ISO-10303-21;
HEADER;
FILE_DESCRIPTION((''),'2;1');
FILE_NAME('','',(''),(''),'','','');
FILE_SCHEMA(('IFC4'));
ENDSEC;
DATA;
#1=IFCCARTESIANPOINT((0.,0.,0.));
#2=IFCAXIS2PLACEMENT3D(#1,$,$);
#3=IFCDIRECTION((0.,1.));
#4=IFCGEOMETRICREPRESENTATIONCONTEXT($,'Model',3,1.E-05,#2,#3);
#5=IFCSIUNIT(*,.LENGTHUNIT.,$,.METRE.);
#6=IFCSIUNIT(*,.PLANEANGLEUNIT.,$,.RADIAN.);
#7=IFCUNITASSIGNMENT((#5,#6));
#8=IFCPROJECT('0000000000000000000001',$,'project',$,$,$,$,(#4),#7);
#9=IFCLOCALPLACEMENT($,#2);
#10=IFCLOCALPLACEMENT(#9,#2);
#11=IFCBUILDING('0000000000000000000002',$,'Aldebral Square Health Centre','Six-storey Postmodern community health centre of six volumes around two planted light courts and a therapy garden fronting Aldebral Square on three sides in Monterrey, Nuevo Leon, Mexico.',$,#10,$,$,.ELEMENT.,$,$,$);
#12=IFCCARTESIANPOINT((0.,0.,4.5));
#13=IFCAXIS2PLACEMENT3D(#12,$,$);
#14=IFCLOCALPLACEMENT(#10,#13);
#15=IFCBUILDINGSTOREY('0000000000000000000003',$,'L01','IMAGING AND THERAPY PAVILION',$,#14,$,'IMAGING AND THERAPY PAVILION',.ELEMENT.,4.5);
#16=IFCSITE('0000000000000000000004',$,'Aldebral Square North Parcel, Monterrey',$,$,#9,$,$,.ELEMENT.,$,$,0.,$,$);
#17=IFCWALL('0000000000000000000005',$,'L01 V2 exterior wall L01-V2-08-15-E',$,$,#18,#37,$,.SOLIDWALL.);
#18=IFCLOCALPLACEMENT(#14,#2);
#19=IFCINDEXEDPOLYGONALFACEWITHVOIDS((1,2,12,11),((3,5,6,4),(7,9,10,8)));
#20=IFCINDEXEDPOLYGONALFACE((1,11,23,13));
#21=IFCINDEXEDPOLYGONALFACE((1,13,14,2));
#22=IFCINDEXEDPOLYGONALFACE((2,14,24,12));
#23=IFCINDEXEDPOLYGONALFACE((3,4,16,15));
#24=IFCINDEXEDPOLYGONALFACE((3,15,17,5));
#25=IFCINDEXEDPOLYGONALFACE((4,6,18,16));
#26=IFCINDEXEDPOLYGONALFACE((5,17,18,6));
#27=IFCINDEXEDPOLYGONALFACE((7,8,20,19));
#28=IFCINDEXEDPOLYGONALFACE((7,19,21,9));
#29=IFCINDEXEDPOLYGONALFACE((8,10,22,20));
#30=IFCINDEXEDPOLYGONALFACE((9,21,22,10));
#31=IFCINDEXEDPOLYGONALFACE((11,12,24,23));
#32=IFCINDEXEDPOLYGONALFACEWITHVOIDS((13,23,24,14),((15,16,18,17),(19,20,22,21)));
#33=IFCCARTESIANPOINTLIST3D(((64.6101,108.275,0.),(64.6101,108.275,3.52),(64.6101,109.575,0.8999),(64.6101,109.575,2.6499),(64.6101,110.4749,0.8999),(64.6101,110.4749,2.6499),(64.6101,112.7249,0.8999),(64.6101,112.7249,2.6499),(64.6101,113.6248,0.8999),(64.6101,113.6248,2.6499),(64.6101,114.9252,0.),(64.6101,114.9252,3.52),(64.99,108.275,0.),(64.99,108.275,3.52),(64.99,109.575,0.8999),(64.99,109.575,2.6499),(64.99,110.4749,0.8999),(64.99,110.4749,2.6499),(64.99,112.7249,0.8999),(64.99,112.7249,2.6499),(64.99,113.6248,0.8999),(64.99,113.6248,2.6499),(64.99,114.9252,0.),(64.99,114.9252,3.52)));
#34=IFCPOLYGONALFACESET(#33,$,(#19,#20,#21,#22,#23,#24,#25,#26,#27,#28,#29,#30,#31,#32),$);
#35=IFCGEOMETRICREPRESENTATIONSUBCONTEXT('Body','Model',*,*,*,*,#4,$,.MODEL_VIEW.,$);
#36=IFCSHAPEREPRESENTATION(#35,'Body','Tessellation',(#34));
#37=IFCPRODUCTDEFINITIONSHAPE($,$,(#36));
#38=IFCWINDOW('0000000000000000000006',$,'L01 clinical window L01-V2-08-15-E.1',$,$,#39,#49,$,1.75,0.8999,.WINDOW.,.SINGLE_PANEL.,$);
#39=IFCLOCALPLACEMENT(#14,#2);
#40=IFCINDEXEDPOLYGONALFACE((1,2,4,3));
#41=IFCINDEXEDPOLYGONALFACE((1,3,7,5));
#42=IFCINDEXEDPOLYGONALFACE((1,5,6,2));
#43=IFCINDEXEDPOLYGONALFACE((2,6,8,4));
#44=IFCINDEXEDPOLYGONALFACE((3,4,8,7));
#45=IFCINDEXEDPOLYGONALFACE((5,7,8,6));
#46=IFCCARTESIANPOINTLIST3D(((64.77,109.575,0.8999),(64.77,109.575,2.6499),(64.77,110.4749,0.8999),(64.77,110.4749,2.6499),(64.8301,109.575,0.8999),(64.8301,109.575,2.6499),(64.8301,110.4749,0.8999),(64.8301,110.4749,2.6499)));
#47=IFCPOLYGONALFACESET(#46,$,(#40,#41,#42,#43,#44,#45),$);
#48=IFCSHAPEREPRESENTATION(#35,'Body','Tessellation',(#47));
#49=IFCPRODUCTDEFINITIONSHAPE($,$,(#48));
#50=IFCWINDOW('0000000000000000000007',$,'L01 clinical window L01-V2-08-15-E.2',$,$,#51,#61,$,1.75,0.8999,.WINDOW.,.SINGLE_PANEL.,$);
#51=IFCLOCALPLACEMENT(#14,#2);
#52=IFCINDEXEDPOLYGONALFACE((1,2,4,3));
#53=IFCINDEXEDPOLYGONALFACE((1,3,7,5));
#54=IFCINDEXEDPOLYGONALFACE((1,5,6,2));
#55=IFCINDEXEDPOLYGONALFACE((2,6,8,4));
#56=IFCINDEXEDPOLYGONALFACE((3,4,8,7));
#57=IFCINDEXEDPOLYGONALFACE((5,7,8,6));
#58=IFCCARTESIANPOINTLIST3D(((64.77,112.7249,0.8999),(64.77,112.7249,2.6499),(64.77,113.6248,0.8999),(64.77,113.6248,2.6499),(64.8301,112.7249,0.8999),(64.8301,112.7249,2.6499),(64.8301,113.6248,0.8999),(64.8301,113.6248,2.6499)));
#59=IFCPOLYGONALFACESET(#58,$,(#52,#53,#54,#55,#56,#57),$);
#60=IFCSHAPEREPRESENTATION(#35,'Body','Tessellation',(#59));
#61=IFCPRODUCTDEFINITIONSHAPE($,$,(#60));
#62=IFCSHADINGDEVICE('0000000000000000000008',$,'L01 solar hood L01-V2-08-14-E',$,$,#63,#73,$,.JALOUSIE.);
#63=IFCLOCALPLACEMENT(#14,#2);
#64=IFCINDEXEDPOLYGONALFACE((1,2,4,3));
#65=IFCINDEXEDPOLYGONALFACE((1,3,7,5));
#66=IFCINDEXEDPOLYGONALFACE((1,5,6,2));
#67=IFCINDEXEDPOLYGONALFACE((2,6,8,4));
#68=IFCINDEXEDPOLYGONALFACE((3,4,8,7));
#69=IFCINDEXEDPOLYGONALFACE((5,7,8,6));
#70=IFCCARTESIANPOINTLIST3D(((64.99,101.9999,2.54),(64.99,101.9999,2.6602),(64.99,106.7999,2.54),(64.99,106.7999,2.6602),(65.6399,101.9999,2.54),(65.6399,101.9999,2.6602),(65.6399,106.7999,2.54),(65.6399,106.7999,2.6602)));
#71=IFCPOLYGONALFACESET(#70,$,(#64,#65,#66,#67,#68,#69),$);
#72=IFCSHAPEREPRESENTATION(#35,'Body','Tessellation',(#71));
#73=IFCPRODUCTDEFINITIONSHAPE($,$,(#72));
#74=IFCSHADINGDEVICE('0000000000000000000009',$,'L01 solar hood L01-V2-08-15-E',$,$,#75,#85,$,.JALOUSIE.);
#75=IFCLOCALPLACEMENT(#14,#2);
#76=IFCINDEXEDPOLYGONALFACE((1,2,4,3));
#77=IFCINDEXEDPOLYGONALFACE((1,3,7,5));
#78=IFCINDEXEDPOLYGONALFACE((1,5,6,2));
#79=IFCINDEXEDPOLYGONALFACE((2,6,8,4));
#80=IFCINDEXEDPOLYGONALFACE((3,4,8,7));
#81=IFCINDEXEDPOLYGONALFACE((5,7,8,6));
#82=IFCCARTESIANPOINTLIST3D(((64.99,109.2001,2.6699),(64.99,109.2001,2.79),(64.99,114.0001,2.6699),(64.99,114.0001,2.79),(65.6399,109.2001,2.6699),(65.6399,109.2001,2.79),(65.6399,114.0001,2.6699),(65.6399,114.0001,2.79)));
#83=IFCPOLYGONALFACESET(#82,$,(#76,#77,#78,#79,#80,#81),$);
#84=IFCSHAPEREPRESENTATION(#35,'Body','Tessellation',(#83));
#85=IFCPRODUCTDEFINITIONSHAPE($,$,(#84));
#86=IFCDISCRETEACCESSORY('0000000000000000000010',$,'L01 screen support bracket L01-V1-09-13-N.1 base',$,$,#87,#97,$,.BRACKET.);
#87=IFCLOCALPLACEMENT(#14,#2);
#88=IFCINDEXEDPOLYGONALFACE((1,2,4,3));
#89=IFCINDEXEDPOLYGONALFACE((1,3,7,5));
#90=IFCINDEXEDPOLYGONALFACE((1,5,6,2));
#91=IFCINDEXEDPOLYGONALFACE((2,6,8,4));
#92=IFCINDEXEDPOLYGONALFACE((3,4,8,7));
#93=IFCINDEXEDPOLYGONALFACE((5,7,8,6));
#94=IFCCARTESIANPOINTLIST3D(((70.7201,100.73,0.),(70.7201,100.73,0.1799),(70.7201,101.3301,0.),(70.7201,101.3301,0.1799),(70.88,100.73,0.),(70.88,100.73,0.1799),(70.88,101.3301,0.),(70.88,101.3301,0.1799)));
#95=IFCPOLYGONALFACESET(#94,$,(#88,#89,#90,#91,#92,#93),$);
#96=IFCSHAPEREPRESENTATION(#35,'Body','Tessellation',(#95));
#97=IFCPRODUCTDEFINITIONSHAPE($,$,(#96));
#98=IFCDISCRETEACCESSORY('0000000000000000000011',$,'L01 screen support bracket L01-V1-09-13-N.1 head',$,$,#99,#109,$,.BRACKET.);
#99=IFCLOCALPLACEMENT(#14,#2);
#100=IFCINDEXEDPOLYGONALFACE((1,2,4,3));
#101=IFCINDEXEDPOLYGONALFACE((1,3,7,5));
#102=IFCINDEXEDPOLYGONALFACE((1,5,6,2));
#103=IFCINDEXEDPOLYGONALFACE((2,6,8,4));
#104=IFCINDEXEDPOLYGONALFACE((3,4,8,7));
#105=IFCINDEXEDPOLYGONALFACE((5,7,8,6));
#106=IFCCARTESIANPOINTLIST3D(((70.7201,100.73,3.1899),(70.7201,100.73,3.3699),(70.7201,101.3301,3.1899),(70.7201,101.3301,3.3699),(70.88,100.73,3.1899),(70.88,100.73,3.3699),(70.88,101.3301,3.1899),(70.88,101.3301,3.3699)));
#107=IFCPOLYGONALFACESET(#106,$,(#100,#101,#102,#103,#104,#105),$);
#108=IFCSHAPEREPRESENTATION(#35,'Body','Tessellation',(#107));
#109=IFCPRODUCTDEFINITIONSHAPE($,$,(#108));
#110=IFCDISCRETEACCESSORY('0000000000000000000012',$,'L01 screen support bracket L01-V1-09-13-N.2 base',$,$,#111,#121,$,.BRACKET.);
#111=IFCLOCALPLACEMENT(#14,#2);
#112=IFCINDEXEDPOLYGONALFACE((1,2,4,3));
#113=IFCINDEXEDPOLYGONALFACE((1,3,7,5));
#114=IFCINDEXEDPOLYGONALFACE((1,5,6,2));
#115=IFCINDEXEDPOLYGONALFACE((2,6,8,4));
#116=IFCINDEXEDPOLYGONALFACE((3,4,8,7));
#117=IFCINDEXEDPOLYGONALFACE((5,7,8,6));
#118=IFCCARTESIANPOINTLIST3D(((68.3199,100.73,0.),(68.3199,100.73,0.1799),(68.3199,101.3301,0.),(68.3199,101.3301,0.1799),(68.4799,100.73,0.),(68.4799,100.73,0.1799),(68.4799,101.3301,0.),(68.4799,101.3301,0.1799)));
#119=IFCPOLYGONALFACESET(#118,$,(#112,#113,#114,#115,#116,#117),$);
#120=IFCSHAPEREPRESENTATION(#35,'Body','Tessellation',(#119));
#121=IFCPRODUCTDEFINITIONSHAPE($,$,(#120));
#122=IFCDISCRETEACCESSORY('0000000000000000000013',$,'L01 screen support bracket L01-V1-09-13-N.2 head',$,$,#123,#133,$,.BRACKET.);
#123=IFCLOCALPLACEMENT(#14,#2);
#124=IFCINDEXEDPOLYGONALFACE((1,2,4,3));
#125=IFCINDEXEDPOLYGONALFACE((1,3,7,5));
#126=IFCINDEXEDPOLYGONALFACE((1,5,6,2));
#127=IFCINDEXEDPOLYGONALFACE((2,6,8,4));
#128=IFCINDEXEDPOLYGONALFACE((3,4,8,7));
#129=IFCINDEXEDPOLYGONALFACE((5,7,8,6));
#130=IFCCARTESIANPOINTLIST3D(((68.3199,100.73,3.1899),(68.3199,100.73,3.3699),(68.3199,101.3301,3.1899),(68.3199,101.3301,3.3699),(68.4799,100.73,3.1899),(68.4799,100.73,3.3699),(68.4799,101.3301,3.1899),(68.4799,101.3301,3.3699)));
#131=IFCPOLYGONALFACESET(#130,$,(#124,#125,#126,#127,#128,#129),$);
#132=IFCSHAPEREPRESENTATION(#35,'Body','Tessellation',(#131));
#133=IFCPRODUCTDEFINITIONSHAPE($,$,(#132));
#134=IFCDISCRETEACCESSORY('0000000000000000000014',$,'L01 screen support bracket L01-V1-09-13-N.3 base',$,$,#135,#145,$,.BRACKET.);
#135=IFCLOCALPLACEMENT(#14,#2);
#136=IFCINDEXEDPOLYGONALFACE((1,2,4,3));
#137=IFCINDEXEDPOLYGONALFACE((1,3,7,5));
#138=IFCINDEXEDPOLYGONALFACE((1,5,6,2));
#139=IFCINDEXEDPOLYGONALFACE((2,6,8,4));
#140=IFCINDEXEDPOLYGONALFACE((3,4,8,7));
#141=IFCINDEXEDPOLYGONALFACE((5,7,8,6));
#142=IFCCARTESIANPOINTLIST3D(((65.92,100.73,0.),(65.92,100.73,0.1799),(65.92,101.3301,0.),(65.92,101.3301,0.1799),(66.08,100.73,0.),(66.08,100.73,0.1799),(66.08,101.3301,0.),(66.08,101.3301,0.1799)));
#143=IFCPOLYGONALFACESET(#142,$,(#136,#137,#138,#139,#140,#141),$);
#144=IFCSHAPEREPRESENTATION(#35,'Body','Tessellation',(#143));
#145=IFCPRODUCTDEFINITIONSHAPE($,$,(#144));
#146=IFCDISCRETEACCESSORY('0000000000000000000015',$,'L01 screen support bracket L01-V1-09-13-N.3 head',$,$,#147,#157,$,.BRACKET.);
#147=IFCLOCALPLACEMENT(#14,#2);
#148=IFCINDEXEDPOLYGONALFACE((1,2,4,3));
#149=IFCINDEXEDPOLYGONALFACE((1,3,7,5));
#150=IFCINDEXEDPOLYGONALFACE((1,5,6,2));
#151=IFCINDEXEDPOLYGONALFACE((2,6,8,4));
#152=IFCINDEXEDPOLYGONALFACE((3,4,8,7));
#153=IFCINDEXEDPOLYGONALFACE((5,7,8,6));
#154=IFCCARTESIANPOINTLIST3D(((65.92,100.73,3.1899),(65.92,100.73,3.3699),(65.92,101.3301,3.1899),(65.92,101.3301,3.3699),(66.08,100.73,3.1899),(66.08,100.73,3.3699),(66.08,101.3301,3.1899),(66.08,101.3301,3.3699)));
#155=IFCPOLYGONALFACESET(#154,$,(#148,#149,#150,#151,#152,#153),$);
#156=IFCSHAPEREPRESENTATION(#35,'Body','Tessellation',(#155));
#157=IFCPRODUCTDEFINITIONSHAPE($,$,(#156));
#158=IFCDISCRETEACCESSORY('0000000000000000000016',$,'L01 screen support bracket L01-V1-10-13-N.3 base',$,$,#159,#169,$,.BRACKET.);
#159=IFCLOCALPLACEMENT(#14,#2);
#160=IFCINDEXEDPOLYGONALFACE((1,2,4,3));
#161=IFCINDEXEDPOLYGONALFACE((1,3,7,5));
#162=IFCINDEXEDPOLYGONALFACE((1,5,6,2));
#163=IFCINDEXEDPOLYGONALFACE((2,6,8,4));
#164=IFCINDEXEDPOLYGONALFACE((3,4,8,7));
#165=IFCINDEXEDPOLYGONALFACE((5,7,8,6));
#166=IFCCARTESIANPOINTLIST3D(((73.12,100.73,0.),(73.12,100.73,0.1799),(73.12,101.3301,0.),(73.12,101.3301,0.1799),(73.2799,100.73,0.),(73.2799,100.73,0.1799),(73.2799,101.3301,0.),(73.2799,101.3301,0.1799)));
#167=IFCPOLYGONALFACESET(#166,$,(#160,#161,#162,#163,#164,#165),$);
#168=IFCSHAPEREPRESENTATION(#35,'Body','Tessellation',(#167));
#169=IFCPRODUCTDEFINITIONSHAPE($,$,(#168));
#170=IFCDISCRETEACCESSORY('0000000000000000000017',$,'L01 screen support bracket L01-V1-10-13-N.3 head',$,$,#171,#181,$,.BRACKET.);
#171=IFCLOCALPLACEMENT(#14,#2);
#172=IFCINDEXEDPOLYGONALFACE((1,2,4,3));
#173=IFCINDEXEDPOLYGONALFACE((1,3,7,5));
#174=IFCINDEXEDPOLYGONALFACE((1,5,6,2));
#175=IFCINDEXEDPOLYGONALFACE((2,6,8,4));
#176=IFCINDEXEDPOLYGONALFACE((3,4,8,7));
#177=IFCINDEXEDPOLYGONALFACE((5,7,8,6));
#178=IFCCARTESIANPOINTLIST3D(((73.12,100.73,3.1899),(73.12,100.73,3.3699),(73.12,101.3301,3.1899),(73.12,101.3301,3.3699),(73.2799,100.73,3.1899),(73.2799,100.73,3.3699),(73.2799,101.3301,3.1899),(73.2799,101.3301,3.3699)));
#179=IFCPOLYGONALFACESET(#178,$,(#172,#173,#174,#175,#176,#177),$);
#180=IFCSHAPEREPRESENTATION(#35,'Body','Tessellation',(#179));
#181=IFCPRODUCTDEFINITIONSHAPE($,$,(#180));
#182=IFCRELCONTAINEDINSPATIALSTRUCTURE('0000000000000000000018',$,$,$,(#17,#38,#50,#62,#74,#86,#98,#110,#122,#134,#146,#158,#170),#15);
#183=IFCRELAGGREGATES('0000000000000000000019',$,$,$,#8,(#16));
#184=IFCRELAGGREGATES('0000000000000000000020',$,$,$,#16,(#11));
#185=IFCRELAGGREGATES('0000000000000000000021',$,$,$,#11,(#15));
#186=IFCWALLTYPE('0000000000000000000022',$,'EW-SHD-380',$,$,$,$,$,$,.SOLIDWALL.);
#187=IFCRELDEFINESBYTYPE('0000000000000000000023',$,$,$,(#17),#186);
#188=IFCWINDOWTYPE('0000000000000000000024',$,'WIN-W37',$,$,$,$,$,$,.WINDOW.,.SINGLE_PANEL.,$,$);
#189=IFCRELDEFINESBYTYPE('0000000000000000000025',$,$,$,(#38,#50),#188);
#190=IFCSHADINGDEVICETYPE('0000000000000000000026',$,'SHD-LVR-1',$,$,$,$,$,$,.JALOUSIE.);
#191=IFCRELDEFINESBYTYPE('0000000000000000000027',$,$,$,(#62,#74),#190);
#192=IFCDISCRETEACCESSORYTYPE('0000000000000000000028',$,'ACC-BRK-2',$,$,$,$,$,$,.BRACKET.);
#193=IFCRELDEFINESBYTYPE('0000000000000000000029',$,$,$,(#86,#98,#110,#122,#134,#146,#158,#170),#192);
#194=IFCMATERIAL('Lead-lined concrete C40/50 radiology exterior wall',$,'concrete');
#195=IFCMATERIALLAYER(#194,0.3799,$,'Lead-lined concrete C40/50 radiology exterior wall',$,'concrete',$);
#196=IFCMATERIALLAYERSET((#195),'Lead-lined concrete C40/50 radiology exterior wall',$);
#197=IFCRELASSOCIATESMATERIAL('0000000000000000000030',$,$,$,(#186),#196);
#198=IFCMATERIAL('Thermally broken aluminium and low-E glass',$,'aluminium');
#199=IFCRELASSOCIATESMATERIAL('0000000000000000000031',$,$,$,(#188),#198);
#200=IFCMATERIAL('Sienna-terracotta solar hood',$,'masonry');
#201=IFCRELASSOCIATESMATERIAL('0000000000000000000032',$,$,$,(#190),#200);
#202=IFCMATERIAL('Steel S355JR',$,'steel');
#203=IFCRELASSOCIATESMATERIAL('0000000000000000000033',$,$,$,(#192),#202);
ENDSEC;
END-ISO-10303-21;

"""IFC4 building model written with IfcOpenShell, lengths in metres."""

from ifc_helpers import new_model, si_unit, direction, frame, frame_2d, origin, origin_2d, place, context, subcontext, project, spatial, rectangle, extrude, material, layer, layer_set, type_object, element, fill, save


model = new_model("IFC4")

# Units and contexts
model_context = context("Model", 3, precision=1e-05, world=origin(), true_north=direction((0.0, 1.0)))
body_context = subcontext(model_context, "Body", "Model", "MODEL_VIEW")
ifc_project = project(units=[si_unit("LENGTHUNIT", "METRE"), si_unit("PLANEANGLEUNIT", "RADIAN")], contexts=[model_context])

# Site, building, storey
site_placement = place(None, origin())
site = spatial("IfcSite", under=ifc_project, at=site_placement, Name="Aldebral Square North Parcel, Monterrey", CompositionType="ELEMENT", RefElevation=0.0)
building_placement = place(site_placement, origin())
building = spatial("IfcBuilding", under=site, at=building_placement, Name="Aldebral Square Health Centre", Description="Six-storey Postmodern community health centre of six volumes around two planted light courts and a therapy garden fronting Aldebral Square on three sides in Monterrey, Nuevo Leon, Mexico.", CompositionType="ELEMENT")
storey_placement = place(building_placement, frame((0.0, 0.0, 4.5)))
storey = spatial("IfcBuildingStorey", under=building, at=storey_placement, Name="L01", Description="IMAGING AND THERAPY PAVILION", LongName="IMAGING AND THERAPY PAVILION", CompositionType="ELEMENT", Elevation=4.5)

# Shared definitions
ifc_material_1 = material(Name="Steel S355JR", Category="steel")

# Shared definitions
ifc_material_2 = material(Name="Lead-lined concrete C40/50 radiology exterior wall", Category="concrete")
ifc_layer_1 = layer(ifc_material_2, 0.3799, Name="Lead-lined concrete C40/50 radiology exterior wall", Category="concrete")
ifc_layer_set_1 = layer_set([ifc_layer_1], Name="Lead-lined concrete C40/50 radiology exterior wall")
wall_type = type_object("IfcWallType", Name="EW-SHD-380", PredefinedType="SOLIDWALL", material=ifc_layer_set_1)
ifc_material_3 = material(Name="Thermally broken aluminium and low-E glass", Category="aluminium")

# Wall, openings, windows
wall_1_placement = place(storey_placement, frame((64.8, 108.2749, 0.0), z_axis=(0.0, 0.0, 1.0), x_axis=(0.0, 1.0, 0.0)))
wall_1 = element("IfcWall", 1, at=wall_1_placement, inside=storey, type_object=wall_type, Name="L01 V2 exterior wall L01-V2-08-15-E", PredefinedType="SOLIDWALL", context=body_context, shape_type="SweptSolid", body=[
    extrude(rectangle(XDim=6.6501, YDim=0.3799, at=frame_2d((3.3252, 0.0))), origin(), (0.0, 0.0, 1.0), 3.52),
])
opening_1_placement = place(wall_1_placement, frame((1.3, 0.0, 0.8999)))
opening_1 = element("IfcOpeningElement", 2, at=opening_1_placement, cuts=wall_1, PredefinedType="OPENING", context=body_context, shape_type="SweptSolid", body=[
    extrude(rectangle(XDim=0.8999, YDim=1.75, at=frame_2d((0.45, 0.875))), frame((0.0, 0.2, 0.0), z_axis=(0.0, -1.0, 0.0), x_axis=(1.0, 0.0, 0.0)), (0.0, 0.0, 1.0), 0.3999),
])
opening_2_placement = place(wall_1_placement, frame((4.45, 0.0, 0.8999)))
opening_2 = element("IfcOpeningElement", 3, at=opening_2_placement, cuts=wall_1, PredefinedType="OPENING", context=body_context, shape_type="SweptSolid", body=[
    extrude(rectangle(XDim=0.8999, YDim=1.75, at=frame_2d((0.45, 0.875))), frame((0.0, 0.2, 0.0), z_axis=(0.0, -1.0, 0.0), x_axis=(1.0, 0.0, 0.0)), (0.0, 0.0, 1.0), 0.3999),
])
window_type_1 = type_object("IfcWindowType", Name="WIN-W37", PartitioningType="SINGLE_PANEL", PredefinedType="WINDOW", material=ifc_material_3)
window_1_placement = place(opening_1_placement, origin())
window_1 = element("IfcWindow", 4, at=window_1_placement, inside=storey, type_object=window_type_1, Name="L01 clinical window L01-V2-08-15-E.1", OverallHeight=1.75, OverallWidth=0.8999, PartitioningType="SINGLE_PANEL", PredefinedType="WINDOW", context=body_context, shape_type="SweptSolid", body=[
    extrude(rectangle(XDim=0.8999, YDim=1.75, at=frame_2d((0.45, 0.875))), frame((0.0, 0.03, 0.0), z_axis=(0.0, -1.0, 0.0), x_axis=(1.0, 0.0, 0.0)), (0.0, 0.0, 1.0), 0.0601),
])
fill(opening_1, window_1)
window_2_placement = place(opening_2_placement, origin())
window_2 = element("IfcWindow", 5, at=window_2_placement, inside=storey, type_object=window_type_1, Name="L01 clinical window L01-V2-08-15-E.2", OverallHeight=1.75, OverallWidth=0.8999, PartitioningType="SINGLE_PANEL", PredefinedType="WINDOW", context=body_context, shape_type="SweptSolid", body=[
    extrude(rectangle(XDim=0.8999, YDim=1.75, at=frame_2d((0.45, 0.875))), frame((0.0, 0.03, 0.0), z_axis=(0.0, -1.0, 0.0), x_axis=(1.0, 0.0, 0.0)), (0.0, 0.0, 1.0), 0.0601),
])
fill(opening_2, window_2)

# Shading devices
ifc_material_4 = material(Name="Sienna-terracotta solar hood", Category="masonry")
shading_device_type = type_object("IfcShadingDeviceType", Name="SHD-LVR-1", PredefinedType="JALOUSIE", material=ifc_material_4)
for number, where, z_axis, x_axis, name in (
    (6, (65.3149, 104.3999, 2.54), (0.0, 0.0, 1.0), (0.0, 1.0, 0.0), "L01 solar hood L01-V2-08-14-E"),
    (7, (65.3149, 111.6001, 2.6699), (0.0, 0.0, 1.0), (0.0, 1.0, 0.0), "L01 solar hood L01-V2-08-15-E"),
):
    element("IfcShadingDevice", number, at=place(storey_placement, frame(where, z_axis=z_axis, x_axis=x_axis)), inside=storey, type_object=shading_device_type, Name=name, PredefinedType="JALOUSIE", context=body_context, shape_type="SweptSolid", body=[
        extrude(rectangle(XDim=4.8, YDim=0.6499, at=origin_2d()), origin(), (0.0, 0.0, 1.0), 0.1201),
    ])

# Discrete accessories
discrete_accessory_type = type_object("IfcDiscreteAccessoryType", Name="ACC-BRK-2", PredefinedType="BRACKET", material=ifc_material_1)
for number, where, z_axis, x_axis, name in (
    (8, (70.8, 101.03, 0.0), (0.0, 0.0, 1.0), (1.0, 0.0, 0.0), "L01 screen support bracket L01-V1-09-13-N.1 base"),
    (9, (70.8, 101.03, 3.1899), (0.0, 0.0, 1.0), (1.0, 0.0, 0.0), "L01 screen support bracket L01-V1-09-13-N.1 head"),
    (10, (68.3999, 101.03, 0.0), (0.0, 0.0, 1.0), (1.0, 0.0, 0.0), "L01 screen support bracket L01-V1-09-13-N.2 base"),
    (11, (68.3999, 101.03, 3.1899), (0.0, 0.0, 1.0), (1.0, 0.0, 0.0), "L01 screen support bracket L01-V1-09-13-N.2 head"),
    (12, (66.0, 101.03, 0.0), (0.0, 0.0, 1.0), (1.0, 0.0, 0.0), "L01 screen support bracket L01-V1-09-13-N.3 base"),
    (13, (66.0, 101.03, 3.1899), (0.0, 0.0, 1.0), (1.0, 0.0, 0.0), "L01 screen support bracket L01-V1-09-13-N.3 head"),
    (14, (73.2, 101.03, 0.0), (0.0, 0.0, 1.0), (1.0, 0.0, 0.0), "L01 screen support bracket L01-V1-10-13-N.3 base"),
    (15, (73.2, 101.03, 3.1899), (0.0, 0.0, 1.0), (1.0, 0.0, 0.0), "L01 screen support bracket L01-V1-10-13-N.3 head"),
):
    element("IfcDiscreteAccessory", number, at=place(storey_placement, frame(where, z_axis=z_axis, x_axis=x_axis)), inside=storey, type_object=discrete_accessory_type, Name=name, PredefinedType="BRACKET", context=body_context, shape_type="SweptSolid", body=[
        extrude(rectangle(XDim=0.1599, YDim=0.6001, at=origin_2d()), origin(), (0.0, 0.0, 1.0), 0.1799),
    ])

save(model, "model.ifc")
